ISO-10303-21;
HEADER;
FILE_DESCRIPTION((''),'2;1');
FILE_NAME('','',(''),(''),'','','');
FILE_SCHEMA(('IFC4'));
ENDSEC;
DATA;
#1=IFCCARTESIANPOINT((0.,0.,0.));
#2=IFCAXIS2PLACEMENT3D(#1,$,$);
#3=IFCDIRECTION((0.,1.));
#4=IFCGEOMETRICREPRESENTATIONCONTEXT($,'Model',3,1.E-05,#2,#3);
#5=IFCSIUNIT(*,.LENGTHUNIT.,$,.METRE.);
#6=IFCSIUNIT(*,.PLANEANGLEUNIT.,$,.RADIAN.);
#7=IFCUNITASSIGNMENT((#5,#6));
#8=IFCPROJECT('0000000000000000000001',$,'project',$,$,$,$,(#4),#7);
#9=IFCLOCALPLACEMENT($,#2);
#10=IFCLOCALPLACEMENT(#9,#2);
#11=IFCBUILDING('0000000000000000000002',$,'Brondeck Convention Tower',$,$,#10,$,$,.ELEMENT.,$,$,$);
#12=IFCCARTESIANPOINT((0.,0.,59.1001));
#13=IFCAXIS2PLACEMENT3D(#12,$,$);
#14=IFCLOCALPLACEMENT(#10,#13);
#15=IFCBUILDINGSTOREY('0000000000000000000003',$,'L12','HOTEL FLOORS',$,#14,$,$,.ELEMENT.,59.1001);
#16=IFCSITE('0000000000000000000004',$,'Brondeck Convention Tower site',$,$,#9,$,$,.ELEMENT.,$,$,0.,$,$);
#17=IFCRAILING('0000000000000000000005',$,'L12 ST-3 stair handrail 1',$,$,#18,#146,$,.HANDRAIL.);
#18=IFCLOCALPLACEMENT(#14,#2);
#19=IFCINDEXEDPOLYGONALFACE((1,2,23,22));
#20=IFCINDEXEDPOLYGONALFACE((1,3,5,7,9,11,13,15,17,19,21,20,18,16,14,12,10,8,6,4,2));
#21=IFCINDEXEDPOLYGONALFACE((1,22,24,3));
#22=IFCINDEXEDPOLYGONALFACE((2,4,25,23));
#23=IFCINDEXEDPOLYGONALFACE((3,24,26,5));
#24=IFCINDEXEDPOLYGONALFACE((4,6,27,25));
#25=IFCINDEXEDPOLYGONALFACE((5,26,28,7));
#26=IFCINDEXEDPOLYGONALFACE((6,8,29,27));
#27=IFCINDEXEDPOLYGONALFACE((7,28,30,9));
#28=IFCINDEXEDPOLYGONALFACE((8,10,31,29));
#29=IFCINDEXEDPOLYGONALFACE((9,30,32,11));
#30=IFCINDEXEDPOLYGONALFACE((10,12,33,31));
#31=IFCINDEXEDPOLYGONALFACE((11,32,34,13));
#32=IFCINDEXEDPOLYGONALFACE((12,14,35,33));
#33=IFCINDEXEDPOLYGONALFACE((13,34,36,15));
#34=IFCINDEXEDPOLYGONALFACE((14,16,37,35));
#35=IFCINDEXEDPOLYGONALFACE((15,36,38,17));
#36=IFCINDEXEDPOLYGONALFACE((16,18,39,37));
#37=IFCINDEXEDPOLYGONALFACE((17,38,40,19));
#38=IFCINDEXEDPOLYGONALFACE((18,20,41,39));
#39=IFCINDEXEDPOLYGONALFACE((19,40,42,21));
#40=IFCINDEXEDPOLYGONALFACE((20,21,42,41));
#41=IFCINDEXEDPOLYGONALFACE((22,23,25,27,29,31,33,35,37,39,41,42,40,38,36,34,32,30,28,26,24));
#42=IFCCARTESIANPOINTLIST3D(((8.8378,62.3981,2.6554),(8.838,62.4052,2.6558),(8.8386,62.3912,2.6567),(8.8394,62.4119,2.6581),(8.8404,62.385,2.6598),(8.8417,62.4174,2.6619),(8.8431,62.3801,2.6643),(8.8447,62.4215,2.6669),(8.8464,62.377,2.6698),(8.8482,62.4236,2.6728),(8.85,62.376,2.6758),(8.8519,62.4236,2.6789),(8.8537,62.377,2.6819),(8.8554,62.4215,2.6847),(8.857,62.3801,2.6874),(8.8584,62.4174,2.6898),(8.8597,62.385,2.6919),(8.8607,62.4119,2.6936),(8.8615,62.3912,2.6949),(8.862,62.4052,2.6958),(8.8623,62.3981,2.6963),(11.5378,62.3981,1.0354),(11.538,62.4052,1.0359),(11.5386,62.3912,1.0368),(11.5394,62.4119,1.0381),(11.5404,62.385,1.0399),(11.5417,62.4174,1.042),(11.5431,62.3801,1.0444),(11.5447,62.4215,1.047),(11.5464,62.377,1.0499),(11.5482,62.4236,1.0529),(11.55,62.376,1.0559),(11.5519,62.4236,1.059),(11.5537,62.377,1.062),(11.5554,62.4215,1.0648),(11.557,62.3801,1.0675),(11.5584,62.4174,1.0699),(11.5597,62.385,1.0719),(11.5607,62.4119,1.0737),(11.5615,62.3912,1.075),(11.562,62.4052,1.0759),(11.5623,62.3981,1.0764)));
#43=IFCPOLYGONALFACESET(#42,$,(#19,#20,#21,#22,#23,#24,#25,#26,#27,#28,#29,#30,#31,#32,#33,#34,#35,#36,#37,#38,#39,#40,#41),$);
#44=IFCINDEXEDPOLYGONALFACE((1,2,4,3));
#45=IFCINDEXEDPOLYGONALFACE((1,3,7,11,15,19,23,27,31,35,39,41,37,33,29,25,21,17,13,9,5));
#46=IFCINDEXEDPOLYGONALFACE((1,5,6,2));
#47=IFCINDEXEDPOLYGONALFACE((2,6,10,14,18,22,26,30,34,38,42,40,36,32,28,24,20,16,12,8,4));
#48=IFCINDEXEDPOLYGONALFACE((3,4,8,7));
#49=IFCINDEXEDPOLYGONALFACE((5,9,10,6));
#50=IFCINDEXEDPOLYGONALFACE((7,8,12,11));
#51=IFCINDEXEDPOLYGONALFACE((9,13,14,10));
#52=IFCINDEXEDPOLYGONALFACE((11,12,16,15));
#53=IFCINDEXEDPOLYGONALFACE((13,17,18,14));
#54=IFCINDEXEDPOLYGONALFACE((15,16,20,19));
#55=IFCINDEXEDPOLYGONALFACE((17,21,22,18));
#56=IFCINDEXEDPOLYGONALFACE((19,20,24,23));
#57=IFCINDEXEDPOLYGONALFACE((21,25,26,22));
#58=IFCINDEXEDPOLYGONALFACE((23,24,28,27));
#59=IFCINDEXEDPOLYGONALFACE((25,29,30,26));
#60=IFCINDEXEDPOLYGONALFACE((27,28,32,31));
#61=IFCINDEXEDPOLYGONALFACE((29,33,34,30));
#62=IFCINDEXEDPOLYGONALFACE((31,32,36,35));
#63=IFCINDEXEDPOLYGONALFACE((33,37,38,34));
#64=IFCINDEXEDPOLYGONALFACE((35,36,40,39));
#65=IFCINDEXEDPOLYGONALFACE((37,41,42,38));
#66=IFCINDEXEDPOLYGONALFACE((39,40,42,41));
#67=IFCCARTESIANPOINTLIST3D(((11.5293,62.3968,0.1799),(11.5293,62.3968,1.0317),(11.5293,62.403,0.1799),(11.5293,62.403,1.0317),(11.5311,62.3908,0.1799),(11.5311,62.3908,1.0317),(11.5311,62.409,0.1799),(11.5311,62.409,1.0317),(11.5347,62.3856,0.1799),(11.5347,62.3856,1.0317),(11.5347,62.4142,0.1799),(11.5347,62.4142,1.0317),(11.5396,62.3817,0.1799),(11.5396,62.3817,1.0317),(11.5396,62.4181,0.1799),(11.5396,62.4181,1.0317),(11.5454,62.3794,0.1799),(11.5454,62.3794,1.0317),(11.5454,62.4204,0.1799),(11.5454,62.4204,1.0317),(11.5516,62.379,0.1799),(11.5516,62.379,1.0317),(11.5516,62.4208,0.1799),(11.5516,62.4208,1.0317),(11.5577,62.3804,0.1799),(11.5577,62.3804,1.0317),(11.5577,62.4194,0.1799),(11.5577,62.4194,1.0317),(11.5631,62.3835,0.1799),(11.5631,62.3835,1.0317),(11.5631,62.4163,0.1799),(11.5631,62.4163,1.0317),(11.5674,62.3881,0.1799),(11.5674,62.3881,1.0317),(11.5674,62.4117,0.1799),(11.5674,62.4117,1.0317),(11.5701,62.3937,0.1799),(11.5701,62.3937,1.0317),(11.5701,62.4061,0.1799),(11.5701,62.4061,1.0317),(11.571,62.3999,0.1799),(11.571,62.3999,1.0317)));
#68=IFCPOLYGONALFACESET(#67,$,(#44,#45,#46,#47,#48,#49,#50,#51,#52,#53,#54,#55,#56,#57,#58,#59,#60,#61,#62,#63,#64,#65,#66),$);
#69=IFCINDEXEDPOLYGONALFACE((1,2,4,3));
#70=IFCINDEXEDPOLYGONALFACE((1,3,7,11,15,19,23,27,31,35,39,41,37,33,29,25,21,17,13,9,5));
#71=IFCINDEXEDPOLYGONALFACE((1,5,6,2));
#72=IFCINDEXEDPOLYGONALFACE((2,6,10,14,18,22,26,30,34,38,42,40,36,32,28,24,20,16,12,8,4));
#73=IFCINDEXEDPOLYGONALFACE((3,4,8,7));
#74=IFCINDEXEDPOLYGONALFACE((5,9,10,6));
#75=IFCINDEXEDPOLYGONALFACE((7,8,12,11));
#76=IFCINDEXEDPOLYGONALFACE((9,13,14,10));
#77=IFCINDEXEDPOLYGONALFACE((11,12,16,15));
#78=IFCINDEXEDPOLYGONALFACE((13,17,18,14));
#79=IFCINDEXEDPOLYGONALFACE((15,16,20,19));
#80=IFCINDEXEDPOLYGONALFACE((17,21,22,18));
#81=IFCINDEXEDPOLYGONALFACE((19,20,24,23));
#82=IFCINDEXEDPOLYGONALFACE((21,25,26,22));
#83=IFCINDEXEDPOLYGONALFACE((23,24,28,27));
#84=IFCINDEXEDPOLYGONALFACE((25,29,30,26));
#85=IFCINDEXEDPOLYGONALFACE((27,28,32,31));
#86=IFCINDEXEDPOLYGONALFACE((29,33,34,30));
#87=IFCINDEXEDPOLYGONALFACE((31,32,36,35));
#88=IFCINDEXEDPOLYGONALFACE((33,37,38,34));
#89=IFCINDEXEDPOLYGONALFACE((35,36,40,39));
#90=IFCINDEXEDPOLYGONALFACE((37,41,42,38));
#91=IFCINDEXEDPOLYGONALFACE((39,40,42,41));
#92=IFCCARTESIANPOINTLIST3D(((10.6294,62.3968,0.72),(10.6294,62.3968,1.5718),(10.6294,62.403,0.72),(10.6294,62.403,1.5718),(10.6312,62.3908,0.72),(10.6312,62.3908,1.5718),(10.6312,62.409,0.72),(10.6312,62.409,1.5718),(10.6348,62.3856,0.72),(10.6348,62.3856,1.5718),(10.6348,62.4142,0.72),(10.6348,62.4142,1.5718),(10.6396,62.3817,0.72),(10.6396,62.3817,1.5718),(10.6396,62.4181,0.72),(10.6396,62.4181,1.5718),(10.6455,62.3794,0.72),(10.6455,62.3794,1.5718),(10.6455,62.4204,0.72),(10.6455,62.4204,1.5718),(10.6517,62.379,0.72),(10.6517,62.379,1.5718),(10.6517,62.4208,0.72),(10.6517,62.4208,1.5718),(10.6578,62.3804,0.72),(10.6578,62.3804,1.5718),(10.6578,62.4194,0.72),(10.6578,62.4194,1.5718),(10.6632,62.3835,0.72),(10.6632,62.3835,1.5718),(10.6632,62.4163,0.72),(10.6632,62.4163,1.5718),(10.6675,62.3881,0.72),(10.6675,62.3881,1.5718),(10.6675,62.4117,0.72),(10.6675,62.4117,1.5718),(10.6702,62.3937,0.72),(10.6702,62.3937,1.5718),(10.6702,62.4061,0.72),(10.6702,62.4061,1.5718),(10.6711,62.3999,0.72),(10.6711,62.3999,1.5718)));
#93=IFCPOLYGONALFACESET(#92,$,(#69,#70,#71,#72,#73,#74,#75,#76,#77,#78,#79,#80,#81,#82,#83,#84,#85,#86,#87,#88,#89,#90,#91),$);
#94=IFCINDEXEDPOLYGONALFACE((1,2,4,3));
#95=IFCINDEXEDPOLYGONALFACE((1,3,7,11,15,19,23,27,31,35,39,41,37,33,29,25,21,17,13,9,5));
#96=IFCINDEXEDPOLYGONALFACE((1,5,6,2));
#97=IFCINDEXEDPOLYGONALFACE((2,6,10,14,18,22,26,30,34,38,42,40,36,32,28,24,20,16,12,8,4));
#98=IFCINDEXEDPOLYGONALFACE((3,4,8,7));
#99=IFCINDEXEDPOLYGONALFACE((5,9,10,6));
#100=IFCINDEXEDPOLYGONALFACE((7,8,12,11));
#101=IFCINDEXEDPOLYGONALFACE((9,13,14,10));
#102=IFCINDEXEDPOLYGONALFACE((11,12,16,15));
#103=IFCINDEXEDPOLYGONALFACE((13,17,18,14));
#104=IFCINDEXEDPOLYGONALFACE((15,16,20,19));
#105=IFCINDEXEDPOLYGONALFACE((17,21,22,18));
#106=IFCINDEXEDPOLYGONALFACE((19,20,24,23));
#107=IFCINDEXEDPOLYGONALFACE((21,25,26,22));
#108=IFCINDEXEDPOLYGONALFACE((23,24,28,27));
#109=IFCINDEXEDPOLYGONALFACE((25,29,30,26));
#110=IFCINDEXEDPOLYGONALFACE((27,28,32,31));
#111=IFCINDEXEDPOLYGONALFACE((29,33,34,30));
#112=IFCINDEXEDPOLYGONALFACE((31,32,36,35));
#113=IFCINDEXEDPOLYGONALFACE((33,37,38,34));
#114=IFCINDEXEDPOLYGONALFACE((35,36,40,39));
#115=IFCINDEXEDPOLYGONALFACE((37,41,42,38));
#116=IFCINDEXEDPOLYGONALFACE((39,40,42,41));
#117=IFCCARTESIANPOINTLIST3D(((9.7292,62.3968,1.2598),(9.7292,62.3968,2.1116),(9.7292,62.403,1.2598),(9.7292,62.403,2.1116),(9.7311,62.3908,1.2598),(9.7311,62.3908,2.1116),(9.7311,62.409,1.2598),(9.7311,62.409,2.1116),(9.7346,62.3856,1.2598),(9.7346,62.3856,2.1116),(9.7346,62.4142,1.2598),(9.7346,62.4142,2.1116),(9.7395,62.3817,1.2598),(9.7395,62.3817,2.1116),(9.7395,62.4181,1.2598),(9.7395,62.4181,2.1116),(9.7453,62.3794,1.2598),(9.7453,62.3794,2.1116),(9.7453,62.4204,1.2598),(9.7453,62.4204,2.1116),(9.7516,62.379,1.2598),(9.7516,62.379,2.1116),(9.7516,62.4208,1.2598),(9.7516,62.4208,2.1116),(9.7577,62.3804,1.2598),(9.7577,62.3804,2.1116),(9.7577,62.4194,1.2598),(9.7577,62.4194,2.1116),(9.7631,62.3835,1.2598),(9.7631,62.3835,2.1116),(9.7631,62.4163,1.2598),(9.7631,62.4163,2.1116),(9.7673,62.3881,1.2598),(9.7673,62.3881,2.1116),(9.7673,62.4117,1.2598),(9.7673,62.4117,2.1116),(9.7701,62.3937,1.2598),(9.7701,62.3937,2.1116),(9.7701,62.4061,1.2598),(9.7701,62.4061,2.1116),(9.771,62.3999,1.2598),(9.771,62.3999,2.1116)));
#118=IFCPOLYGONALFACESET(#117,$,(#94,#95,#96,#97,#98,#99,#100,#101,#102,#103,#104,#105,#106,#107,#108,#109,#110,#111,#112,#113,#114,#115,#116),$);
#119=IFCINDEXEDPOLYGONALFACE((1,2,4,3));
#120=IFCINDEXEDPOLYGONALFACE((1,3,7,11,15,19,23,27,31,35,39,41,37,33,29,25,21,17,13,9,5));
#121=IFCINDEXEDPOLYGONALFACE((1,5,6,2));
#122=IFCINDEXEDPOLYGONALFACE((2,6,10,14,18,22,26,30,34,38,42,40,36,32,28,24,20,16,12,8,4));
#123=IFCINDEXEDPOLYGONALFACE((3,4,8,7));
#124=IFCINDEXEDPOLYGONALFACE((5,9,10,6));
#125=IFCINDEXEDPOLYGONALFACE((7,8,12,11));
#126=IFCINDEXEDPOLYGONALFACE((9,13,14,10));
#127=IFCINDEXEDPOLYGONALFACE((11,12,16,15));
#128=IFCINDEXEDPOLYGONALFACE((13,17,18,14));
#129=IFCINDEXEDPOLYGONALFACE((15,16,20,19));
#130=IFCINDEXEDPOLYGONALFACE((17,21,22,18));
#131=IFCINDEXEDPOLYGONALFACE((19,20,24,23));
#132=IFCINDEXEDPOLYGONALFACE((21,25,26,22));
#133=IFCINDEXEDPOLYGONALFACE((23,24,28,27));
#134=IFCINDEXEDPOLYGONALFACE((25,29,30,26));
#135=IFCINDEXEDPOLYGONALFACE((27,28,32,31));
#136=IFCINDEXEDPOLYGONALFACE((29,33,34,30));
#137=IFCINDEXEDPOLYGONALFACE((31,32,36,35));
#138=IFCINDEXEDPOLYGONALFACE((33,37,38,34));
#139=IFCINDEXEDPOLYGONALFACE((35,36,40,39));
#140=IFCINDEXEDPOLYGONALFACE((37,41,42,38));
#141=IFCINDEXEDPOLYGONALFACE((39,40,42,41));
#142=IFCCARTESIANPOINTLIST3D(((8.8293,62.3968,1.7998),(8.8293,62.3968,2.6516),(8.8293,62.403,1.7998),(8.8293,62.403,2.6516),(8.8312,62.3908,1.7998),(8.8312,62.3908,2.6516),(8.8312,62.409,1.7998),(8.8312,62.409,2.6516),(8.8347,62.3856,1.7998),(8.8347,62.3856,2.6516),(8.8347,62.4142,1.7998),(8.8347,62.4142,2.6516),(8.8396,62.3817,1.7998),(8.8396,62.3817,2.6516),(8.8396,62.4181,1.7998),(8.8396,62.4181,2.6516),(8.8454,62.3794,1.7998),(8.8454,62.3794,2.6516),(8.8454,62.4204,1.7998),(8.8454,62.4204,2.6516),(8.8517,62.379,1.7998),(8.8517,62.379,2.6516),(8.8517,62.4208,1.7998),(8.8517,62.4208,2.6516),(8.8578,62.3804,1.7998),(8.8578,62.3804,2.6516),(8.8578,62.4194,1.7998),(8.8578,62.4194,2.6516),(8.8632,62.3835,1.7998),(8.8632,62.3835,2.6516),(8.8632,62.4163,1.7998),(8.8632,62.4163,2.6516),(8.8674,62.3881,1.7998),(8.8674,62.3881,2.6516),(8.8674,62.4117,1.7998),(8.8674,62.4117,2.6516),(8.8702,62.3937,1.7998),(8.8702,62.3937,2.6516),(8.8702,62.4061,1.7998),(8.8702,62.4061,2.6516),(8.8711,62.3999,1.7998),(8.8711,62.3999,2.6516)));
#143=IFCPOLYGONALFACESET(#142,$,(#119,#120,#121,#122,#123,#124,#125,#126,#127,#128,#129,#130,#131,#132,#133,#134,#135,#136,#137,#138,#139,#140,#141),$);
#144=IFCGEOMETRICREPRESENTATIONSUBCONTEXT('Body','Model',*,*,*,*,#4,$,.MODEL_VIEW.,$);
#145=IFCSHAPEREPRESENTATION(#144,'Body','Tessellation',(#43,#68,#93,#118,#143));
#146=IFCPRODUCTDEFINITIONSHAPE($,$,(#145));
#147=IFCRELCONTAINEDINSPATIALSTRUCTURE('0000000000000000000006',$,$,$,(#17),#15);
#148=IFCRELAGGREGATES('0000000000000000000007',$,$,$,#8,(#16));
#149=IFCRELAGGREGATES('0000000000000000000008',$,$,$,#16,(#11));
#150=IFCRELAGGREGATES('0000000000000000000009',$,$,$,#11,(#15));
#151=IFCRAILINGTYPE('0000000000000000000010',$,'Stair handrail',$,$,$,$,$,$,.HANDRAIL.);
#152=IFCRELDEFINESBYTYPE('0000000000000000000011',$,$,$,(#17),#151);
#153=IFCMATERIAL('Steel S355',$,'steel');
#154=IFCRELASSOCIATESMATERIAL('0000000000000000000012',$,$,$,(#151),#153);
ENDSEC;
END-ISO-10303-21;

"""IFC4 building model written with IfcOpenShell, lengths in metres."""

from ifc_helpers import new_model, si_unit, direction, frame, origin, origin_2d, place, context, subcontext, project, spatial, circle, extrude, material, type_object, element, save


model = new_model("IFC4")

# Units and contexts
model_context = context("Model", 3, precision=1e-05, world=origin(), true_north=direction((0.0, 1.0)))
body_context = subcontext(model_context, "Body", "Model", "MODEL_VIEW")
ifc_project = project(units=[si_unit("LENGTHUNIT", "METRE"), si_unit("PLANEANGLEUNIT", "RADIAN")], contexts=[model_context])

# Site, building, storey
site_placement = place(None, origin())
site = spatial("IfcSite", under=ifc_project, at=site_placement, Name="Brondeck Convention Tower site", CompositionType="ELEMENT", RefElevation=0.0)
building_placement = place(site_placement, origin())
building = spatial("IfcBuilding", under=site, at=building_placement, Name="Brondeck Convention Tower", CompositionType="ELEMENT")
storey_placement = place(building_placement, frame((0.0, 0.0, 59.1001)))
storey = spatial("IfcBuildingStorey", under=building, at=storey_placement, Name="L12", Description="HOTEL FLOORS", CompositionType="ELEMENT", Elevation=59.1001)

# Railing
ifc_material_1 = material(Name="Steel S355", Category="steel")
railing_type_1 = type_object("IfcRailingType", Name="Stair handrail", PredefinedType="HANDRAIL", material=ifc_material_1)
railing_1_placement = place(storey_placement, frame((11.55, 62.3999, 0.1799)))
element("IfcRailing", 1, at=railing_1_placement, inside=storey, type_object=railing_type_1, Name="L12 ST-3 stair handrail 1", PredefinedType="HANDRAIL", context=body_context, shape_type="SweptSolid", body=[
    extrude(circle(Radius=0.0239, at=origin_2d()), frame((0.0, 0.0, 0.876), z_axis=(-0.857507, 0.0, 0.514473), x_axis=(0.0, -1.0, 0.0)), (0.0, 0.0, 1.0), 3.1487),
    extrude(circle(Radius=0.021, at=origin_2d()), origin(), (0.0, 0.0, 1.0), 0.8518),
    extrude(circle(Radius=0.021, at=origin_2d()), frame((-0.8999, 0.0, 0.54)), (0.0, 0.0, 1.0), 0.8518),
    extrude(circle(Radius=0.021, at=origin_2d()), frame((-1.8, 0.0, 1.0798)), (0.0, 0.0, 1.0), 0.8518),
    extrude(circle(Radius=0.021, at=origin_2d()), frame((-2.7, 0.0, 1.6199)), (0.0, 0.0, 1.0), 0.8518),
])

save(model, "model.ifc")
